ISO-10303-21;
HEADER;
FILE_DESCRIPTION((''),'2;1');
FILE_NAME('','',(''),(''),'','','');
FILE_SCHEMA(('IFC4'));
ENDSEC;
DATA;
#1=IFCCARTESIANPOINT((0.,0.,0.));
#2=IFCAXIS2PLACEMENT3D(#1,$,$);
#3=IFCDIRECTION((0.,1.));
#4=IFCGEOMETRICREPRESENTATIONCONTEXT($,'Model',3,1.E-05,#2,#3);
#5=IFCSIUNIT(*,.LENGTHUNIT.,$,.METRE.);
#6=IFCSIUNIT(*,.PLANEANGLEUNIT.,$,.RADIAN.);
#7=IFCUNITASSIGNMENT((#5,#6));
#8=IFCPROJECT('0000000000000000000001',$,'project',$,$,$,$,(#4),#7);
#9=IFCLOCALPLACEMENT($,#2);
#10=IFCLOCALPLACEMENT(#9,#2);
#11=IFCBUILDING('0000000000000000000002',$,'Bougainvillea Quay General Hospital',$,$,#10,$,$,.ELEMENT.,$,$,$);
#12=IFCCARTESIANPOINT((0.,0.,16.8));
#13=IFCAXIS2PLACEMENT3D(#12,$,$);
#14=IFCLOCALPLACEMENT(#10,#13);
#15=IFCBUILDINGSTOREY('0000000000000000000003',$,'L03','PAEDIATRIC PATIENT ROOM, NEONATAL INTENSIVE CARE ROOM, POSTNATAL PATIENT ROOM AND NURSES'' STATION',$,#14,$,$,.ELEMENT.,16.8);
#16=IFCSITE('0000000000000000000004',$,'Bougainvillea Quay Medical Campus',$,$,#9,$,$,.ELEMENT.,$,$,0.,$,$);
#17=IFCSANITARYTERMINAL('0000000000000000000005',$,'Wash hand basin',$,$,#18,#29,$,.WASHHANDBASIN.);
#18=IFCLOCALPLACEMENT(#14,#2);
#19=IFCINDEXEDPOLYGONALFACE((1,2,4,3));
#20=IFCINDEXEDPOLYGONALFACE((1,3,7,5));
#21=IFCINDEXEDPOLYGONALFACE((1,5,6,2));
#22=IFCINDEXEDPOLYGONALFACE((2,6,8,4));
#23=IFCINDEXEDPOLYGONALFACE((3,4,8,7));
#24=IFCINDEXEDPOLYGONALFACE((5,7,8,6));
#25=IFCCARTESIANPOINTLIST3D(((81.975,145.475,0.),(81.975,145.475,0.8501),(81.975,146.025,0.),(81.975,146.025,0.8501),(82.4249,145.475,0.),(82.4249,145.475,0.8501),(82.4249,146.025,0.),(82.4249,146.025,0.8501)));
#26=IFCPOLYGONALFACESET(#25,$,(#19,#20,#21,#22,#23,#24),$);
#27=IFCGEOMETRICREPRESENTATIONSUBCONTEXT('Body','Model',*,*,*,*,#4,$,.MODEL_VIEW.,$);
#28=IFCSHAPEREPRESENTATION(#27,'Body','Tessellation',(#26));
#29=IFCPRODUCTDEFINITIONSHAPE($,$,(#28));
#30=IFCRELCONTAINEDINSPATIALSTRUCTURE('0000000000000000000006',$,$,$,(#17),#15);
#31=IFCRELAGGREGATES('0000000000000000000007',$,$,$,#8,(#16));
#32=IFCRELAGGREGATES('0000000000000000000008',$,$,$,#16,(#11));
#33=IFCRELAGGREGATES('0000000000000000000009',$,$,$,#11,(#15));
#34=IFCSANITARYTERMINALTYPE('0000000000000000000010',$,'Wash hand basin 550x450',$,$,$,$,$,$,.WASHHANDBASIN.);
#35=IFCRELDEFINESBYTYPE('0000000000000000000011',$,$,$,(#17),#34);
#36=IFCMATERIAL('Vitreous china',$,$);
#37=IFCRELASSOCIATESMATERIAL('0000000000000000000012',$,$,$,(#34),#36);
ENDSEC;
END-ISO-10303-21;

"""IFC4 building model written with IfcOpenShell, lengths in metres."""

from ifc_helpers import new_model, si_unit, direction, frame, origin, origin_2d, place, context, subcontext, project, spatial, rectangle, extrude, material, type_object, element, save


model = new_model("IFC4")

# Units and contexts
model_context = context("Model", 3, precision=1e-05, world=origin(), true_north=direction((0.0, 1.0)))
body_context = subcontext(model_context, "Body", "Model", "MODEL_VIEW")
ifc_project = project(units=[si_unit("LENGTHUNIT", "METRE"), si_unit("PLANEANGLEUNIT", "RADIAN")], contexts=[model_context])

# Site, building, storey
site_placement = place(None, origin())
site = spatial("IfcSite", under=ifc_project, at=site_placement, Name="Bougainvillea Quay Medical Campus", CompositionType="ELEMENT", RefElevation=0.0)
building_placement = place(site_placement, origin())
building = spatial("IfcBuilding", under=site, at=building_placement, Name="Bougainvillea Quay General Hospital", CompositionType="ELEMENT")
storey_placement = place(building_placement, frame((0.0, 0.0, 16.8)))
storey = spatial("IfcBuildingStorey", under=building, at=storey_placement, Name="L03", Description="PAEDIATRIC PATIENT ROOM, NEONATAL INTENSIVE CARE ROOM, POSTNATAL PATIENT ROOM AND NURSES' STATION", CompositionType="ELEMENT", Elevation=16.8)

# Sanitary terminal
ifc_material_1 = material(Name="Vitreous china")
sanitary_terminal_type_1 = type_object("IfcSanitaryTerminalType", Name="Wash hand basin 550x450", PredefinedType="WASHHANDBASIN", material=ifc_material_1)
sanitary_terminal_1_placement = place(storey_placement, frame((82.2, 145.75, 0.0), z_axis=(0.0, 0.0, 1.0), x_axis=(0.0, 1.0, 0.0)))
element("IfcSanitaryTerminal", 1, at=sanitary_terminal_1_placement, inside=storey, type_object=sanitary_terminal_type_1, Name="Wash hand basin", PredefinedType="WASHHANDBASIN", context=body_context, shape_type="SweptSolid", body=[
    extrude(rectangle(XDim=0.55, YDim=0.45, at=origin_2d()), origin(), (0.0, 0.0, 1.0), 0.8501),
])

save(model, "model.ifc")
